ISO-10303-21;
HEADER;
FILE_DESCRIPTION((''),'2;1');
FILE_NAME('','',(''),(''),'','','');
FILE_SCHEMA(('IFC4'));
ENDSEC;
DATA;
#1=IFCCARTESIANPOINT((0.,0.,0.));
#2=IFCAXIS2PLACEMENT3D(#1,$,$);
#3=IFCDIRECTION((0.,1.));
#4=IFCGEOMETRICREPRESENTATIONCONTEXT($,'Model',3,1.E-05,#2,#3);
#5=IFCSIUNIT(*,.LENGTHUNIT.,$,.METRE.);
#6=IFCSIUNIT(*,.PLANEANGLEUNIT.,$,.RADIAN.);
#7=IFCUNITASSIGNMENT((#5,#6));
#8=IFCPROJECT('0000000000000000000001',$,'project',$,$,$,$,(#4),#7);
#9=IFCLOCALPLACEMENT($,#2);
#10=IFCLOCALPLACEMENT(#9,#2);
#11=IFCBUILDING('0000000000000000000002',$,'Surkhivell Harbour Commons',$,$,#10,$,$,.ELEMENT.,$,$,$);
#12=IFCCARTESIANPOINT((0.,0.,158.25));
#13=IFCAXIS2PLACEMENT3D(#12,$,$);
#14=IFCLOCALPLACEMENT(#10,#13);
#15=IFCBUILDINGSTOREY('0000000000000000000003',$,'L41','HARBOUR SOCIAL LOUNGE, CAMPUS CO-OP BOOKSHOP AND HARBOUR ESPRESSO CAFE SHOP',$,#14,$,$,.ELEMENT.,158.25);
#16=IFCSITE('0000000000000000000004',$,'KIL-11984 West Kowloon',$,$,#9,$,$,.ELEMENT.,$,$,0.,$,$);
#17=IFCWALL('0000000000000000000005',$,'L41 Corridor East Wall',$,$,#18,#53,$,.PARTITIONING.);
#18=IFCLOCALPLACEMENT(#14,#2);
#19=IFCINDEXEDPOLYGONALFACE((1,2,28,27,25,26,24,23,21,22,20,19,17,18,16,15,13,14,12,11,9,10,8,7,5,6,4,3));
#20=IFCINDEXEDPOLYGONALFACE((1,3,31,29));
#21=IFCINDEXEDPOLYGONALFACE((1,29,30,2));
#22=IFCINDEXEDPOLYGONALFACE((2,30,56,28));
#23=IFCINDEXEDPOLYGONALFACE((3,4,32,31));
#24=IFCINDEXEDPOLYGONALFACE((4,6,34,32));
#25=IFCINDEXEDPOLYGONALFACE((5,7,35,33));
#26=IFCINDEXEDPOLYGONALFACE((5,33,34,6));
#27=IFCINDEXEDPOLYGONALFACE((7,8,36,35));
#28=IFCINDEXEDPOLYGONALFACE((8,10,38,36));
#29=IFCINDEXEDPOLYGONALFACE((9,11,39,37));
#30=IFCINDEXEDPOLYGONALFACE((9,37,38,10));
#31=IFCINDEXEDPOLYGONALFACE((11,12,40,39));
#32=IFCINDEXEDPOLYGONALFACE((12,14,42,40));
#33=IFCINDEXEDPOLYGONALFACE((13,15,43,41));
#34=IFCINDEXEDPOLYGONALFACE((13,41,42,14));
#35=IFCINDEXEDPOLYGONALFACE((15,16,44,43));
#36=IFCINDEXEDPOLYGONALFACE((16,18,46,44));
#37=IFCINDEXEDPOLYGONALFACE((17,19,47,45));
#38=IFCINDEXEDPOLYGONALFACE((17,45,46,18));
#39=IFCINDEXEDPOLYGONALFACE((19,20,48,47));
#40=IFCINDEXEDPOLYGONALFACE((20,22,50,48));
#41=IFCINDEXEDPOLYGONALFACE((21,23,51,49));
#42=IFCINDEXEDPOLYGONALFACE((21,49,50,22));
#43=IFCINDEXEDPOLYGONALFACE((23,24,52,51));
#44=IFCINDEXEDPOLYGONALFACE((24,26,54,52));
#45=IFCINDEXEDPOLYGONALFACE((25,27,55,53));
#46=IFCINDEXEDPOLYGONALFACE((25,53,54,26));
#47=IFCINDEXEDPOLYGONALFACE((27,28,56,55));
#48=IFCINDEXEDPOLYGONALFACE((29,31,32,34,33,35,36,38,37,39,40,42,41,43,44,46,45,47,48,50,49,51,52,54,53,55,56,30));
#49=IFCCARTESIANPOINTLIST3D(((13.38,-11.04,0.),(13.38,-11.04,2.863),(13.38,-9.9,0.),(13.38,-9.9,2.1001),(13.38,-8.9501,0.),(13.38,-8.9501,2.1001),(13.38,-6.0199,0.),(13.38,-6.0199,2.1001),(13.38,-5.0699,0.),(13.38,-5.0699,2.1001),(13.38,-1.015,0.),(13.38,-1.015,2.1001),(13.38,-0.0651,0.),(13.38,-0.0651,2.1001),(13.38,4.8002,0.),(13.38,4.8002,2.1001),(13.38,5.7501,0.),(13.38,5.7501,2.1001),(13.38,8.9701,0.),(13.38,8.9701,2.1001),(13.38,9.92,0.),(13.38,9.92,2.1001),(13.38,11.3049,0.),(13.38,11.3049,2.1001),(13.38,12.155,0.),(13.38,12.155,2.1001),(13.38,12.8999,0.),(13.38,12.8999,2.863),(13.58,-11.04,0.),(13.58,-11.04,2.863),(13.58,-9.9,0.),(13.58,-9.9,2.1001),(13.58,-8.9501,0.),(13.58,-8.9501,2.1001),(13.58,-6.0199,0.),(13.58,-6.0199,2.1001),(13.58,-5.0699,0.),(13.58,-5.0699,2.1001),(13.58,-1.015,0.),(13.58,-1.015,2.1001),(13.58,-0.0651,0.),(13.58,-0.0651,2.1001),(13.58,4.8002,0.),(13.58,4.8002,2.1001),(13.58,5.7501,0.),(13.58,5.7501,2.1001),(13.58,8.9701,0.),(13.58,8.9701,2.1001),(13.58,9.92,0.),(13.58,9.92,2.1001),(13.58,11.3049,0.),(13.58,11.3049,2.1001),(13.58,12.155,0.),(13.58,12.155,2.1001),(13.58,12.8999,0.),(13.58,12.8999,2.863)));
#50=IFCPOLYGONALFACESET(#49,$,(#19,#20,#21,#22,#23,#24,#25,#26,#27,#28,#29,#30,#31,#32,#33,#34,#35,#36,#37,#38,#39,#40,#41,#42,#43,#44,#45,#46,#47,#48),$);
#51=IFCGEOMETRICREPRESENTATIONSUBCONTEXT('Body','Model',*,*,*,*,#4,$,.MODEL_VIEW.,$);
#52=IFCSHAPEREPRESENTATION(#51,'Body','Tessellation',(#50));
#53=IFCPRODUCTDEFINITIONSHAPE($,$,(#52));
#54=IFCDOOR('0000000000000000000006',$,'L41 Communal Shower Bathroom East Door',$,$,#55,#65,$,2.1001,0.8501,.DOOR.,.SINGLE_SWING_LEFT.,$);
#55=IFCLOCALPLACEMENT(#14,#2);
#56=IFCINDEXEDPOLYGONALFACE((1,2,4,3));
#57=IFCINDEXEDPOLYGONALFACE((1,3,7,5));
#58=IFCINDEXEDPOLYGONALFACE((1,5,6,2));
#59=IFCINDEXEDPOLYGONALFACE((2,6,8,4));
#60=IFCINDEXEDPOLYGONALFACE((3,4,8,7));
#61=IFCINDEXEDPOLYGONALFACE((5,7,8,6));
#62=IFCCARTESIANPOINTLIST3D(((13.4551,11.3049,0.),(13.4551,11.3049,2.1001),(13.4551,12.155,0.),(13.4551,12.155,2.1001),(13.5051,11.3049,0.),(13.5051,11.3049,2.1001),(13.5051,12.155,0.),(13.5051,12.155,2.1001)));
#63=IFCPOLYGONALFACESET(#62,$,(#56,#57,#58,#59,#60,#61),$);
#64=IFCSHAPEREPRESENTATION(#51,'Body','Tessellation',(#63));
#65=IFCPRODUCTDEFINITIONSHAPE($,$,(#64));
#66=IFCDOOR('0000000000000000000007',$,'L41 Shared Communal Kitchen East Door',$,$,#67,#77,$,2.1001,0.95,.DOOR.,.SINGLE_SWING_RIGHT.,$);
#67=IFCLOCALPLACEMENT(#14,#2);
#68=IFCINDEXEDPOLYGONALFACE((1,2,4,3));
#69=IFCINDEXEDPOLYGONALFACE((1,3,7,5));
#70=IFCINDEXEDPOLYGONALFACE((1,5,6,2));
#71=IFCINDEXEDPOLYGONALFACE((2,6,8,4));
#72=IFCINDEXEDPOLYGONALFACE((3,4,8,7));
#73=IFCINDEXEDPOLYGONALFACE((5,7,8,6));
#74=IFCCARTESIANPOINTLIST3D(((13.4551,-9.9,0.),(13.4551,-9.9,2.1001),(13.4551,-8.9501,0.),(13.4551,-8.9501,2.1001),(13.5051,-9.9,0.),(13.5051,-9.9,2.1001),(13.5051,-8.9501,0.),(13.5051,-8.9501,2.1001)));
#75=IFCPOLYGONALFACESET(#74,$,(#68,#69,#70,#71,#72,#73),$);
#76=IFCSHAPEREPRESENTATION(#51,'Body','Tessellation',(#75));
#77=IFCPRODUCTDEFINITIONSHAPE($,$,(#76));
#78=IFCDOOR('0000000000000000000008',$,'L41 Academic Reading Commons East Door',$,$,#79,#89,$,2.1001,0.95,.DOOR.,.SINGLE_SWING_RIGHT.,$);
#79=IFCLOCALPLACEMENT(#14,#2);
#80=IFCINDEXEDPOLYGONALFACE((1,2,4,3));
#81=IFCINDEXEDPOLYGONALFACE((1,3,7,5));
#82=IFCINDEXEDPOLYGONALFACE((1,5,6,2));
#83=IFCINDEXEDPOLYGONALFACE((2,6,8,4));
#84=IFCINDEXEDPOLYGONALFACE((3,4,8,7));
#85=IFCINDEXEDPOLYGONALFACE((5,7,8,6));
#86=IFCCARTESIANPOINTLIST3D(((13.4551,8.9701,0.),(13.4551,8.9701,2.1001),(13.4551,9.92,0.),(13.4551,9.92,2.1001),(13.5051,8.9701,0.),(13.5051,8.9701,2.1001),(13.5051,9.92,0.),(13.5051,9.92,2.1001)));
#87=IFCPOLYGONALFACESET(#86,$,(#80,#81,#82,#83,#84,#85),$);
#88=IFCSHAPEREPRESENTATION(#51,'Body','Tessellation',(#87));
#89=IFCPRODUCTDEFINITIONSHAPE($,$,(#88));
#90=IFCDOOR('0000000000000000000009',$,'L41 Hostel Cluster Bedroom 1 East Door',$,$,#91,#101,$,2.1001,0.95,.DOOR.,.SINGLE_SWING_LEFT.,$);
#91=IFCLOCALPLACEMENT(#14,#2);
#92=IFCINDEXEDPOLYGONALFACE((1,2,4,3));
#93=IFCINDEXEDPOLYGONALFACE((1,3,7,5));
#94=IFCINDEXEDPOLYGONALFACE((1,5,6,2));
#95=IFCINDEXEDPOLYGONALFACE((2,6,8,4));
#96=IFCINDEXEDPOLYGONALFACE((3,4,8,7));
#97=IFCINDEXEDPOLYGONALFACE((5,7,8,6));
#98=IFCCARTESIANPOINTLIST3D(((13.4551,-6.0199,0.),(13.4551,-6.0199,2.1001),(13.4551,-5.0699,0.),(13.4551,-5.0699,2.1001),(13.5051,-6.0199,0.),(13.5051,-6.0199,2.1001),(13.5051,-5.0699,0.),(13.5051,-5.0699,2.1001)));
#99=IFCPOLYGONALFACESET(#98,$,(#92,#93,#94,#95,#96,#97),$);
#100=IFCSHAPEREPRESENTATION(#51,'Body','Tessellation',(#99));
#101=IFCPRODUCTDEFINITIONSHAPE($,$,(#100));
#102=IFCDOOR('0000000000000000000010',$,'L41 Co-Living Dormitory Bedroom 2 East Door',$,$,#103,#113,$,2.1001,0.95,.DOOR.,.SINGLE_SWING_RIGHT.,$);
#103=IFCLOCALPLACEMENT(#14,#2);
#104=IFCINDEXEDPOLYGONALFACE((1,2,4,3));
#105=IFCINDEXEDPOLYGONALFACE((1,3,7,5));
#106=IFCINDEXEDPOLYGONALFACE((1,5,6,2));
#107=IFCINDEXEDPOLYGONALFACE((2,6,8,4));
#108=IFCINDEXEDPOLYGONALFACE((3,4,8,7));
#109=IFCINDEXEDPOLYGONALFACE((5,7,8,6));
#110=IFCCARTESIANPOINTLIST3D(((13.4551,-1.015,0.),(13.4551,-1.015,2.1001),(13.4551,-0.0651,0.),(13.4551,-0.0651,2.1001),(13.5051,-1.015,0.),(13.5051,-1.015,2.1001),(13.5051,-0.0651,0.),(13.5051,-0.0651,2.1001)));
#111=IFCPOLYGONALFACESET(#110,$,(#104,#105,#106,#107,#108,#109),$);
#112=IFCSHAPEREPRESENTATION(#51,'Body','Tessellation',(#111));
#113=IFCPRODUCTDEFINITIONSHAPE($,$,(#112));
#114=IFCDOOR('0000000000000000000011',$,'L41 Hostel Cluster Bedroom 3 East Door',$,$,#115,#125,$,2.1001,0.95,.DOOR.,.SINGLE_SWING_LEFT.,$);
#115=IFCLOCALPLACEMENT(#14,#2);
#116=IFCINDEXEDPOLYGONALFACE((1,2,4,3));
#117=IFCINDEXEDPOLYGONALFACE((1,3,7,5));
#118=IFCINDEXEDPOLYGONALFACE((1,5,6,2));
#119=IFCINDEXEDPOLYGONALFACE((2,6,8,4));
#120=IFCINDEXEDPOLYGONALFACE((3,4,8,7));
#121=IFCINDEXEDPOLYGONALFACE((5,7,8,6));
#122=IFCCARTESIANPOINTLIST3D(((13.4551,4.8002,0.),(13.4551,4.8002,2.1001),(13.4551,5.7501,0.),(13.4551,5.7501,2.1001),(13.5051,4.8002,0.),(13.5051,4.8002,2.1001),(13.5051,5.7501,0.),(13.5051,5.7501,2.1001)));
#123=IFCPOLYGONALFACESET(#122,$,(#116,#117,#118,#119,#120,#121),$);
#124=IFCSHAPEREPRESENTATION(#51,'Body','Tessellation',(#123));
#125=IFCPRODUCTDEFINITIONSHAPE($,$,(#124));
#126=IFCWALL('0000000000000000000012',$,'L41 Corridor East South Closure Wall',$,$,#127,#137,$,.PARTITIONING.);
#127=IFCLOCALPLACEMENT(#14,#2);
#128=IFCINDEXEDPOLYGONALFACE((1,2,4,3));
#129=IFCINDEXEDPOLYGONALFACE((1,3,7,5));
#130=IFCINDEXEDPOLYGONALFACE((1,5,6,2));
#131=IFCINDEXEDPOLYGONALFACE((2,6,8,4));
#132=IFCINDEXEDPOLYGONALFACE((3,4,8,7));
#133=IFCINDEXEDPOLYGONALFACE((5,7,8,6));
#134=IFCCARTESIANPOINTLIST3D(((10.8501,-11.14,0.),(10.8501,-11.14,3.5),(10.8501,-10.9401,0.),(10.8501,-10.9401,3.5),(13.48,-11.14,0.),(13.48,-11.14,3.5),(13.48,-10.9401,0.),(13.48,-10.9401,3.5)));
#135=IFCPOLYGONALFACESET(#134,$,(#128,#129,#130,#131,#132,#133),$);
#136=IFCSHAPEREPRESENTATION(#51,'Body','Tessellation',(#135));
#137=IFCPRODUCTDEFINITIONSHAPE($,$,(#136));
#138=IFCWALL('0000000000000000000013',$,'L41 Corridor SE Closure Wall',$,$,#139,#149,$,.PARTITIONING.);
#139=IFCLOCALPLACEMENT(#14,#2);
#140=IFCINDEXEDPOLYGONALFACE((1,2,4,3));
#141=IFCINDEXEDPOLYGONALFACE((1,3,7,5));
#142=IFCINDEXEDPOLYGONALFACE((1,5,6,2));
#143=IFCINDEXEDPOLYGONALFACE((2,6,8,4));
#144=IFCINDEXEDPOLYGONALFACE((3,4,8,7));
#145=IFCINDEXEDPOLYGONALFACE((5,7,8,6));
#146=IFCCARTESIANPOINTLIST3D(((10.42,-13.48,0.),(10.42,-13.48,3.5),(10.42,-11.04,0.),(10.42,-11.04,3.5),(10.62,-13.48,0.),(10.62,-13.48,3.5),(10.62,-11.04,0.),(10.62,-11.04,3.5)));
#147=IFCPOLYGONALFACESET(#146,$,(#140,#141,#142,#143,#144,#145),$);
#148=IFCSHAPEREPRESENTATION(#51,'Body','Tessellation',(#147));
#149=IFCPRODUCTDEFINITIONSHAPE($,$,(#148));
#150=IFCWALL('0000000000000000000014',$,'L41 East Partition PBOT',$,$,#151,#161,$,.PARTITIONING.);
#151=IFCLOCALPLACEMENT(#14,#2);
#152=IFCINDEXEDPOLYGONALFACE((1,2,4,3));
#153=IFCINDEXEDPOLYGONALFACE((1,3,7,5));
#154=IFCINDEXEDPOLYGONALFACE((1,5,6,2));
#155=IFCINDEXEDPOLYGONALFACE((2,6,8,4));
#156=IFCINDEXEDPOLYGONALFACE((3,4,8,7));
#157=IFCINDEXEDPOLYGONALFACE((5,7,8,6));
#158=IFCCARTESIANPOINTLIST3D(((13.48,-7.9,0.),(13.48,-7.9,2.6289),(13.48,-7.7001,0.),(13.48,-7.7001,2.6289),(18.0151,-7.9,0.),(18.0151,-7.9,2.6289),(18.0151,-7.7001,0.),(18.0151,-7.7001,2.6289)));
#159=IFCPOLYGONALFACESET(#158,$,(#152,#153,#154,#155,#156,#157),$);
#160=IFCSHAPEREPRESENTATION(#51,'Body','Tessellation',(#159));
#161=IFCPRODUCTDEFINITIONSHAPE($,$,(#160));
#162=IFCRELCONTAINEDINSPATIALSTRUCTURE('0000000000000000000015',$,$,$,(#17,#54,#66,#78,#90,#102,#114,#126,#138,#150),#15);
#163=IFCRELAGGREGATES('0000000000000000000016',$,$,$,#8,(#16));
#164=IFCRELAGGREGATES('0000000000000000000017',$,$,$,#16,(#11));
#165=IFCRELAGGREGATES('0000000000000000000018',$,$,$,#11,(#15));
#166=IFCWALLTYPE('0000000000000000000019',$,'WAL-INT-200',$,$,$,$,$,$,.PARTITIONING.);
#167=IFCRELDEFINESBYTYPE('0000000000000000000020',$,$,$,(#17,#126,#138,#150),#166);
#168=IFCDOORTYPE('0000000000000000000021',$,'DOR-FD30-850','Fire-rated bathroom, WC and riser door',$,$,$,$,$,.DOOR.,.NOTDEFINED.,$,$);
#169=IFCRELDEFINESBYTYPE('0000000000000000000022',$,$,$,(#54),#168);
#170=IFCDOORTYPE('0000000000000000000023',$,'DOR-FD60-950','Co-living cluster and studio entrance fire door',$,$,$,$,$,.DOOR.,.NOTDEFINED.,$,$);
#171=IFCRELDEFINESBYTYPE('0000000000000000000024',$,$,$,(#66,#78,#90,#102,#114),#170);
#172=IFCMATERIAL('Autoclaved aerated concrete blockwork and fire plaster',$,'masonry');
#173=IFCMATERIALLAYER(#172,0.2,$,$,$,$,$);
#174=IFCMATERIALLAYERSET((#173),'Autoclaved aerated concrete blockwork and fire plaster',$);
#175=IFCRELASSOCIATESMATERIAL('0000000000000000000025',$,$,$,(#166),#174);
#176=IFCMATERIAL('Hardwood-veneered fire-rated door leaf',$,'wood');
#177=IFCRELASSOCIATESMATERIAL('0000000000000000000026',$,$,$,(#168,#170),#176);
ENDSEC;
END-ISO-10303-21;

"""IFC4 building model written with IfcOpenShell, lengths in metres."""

from ifc_helpers import new_model, si_unit, direction, frame, frame_2d, origin, place, context, subcontext, project, spatial, rectangle, extrude, material, layer, layer_set, type_object, element, fill, save


model = new_model("IFC4")

# Units and contexts
model_context = context("Model", 3, precision=1e-05, world=origin(), true_north=direction((0.0, 1.0)))
body_context = subcontext(model_context, "Body", "Model", "MODEL_VIEW")
ifc_project = project(units=[si_unit("LENGTHUNIT", "METRE"), si_unit("PLANEANGLEUNIT", "RADIAN")], contexts=[model_context])

# Site, building, storey
site_placement = place(None, origin())
site = spatial("IfcSite", under=ifc_project, at=site_placement, Name="KIL-11984 West Kowloon", CompositionType="ELEMENT", RefElevation=0.0)
building_placement = place(site_placement, origin())
building = spatial("IfcBuilding", under=site, at=building_placement, Name="Surkhivell Harbour Commons", CompositionType="ELEMENT")
storey_placement = place(building_placement, frame((0.0, 0.0, 158.25)))
storey = spatial("IfcBuildingStorey", under=building, at=storey_placement, Name="L41", Description="HARBOUR SOCIAL LOUNGE, CAMPUS CO-OP BOOKSHOP AND HARBOUR ESPRESSO CAFE SHOP", CompositionType="ELEMENT", Elevation=158.25)

# Shared definitions
ifc_material_1 = material(Name="Autoclaved aerated concrete blockwork and fire plaster", Category="masonry")
ifc_layer_1 = layer(ifc_material_1, 0.2)
ifc_layer_set_1 = layer_set([ifc_layer_1], Name="Autoclaved aerated concrete blockwork and fire plaster")
wall_type_1 = type_object("IfcWallType", Name="WAL-INT-200", PredefinedType="PARTITIONING", material=ifc_layer_set_1)

# Wall, openings, doors
wall_1_placement = place(storey_placement, frame((13.48, -11.04, 0.0), z_axis=(0.0, 0.0, 1.0), x_axis=(0.0, 1.0, 0.0)))
wall_1 = element("IfcWall", 1, at=wall_1_placement, inside=storey, type_object=wall_type_1, Name="L41 Corridor East Wall", PredefinedType="PARTITIONING", context=body_context, shape_type="SweptSolid", body=[
    extrude(rectangle(XDim=23.9399, YDim=0.2, at=frame_2d((11.97, 0.0))), origin(), (0.0, 0.0, 1.0), 2.863),
])
opening_1_placement = place(wall_1_placement, frame((1.1399, 0.0, 0.0)))
opening_1 = element("IfcOpeningElement", 2, at=opening_1_placement, cuts=wall_1, PredefinedType="OPENING", context=body_context, shape_type="SweptSolid", body=[
    extrude(rectangle(XDim=0.95, YDim=2.1001, at=frame_2d((0.4751, 1.05))), frame((0.0, 0.1099, 0.0), z_axis=(0.0, -1.0, 0.0), x_axis=(1.0, 0.0, 0.0)), (0.0, 0.0, 1.0), 0.22),
])
opening_2_placement = place(wall_1_placement, frame((22.345, 0.0, 0.0)))
opening_2 = element("IfcOpeningElement", 3, at=opening_2_placement, cuts=wall_1, PredefinedType="OPENING", context=body_context, shape_type="SweptSolid", body=[
    extrude(rectangle(XDim=0.8501, YDim=2.1001, at=frame_2d((0.425, 1.05))), frame((0.0, 0.1099, 0.0), z_axis=(0.0, -1.0, 0.0), x_axis=(1.0, 0.0, 0.0)), (0.0, 0.0, 1.0), 0.22),
])
opening_3_placement = place(wall_1_placement, frame((20.01, 0.0, 0.0)))
opening_3 = element("IfcOpeningElement", 4, at=opening_3_placement, cuts=wall_1, PredefinedType="OPENING", context=body_context, shape_type="SweptSolid", body=[
    extrude(rectangle(XDim=0.95, YDim=2.1001, at=frame_2d((0.4751, 1.05))), frame((0.0, 0.1099, 0.0), z_axis=(0.0, -1.0, 0.0), x_axis=(1.0, 0.0, 0.0)), (0.0, 0.0, 1.0), 0.22),
])
opening_4_placement = place(wall_1_placement, frame((5.02, 0.0, 0.0)))
opening_4 = element("IfcOpeningElement", 5, at=opening_4_placement, cuts=wall_1, PredefinedType="OPENING", context=body_context, shape_type="SweptSolid", body=[
    extrude(rectangle(XDim=0.95, YDim=2.1001, at=frame_2d((0.4751, 1.05))), frame((0.0, 0.1099, 0.0), z_axis=(0.0, -1.0, 0.0), x_axis=(1.0, 0.0, 0.0)), (0.0, 0.0, 1.0), 0.22),
])
opening_5_placement = place(wall_1_placement, frame((10.0249, 0.0, 0.0)))
opening_5 = element("IfcOpeningElement", 6, at=opening_5_placement, cuts=wall_1, PredefinedType="OPENING", context=body_context, shape_type="SweptSolid", body=[
    extrude(rectangle(XDim=0.95, YDim=2.1001, at=frame_2d((0.4751, 1.05))), frame((0.0, 0.1099, 0.0), z_axis=(0.0, -1.0, 0.0), x_axis=(1.0, 0.0, 0.0)), (0.0, 0.0, 1.0), 0.22),
])
opening_6_placement = place(wall_1_placement, frame((15.8401, 0.0, 0.0)))
opening_6 = element("IfcOpeningElement", 7, at=opening_6_placement, cuts=wall_1, PredefinedType="OPENING", context=body_context, shape_type="SweptSolid", body=[
    extrude(rectangle(XDim=0.95, YDim=2.1001, at=frame_2d((0.4751, 1.05))), frame((0.0, 0.1099, 0.0), z_axis=(0.0, -1.0, 0.0), x_axis=(1.0, 0.0, 0.0)), (0.0, 0.0, 1.0), 0.22),
])
ifc_material_2 = material(Name="Hardwood-veneered fire-rated door leaf", Category="wood")
door_type_1 = type_object("IfcDoorType", Name="DOR-FD30-850", Description="Fire-rated bathroom, WC and riser door", OperationType="NOTDEFINED", PredefinedType="DOOR", material=ifc_material_2)
door_1_placement = place(opening_2_placement, origin())
door_1 = element("IfcDoor", 8, at=door_1_placement, inside=storey, type_object=door_type_1, Name="L41 Communal Shower Bathroom East Door", OperationType="SINGLE_SWING_LEFT", OverallHeight=2.1001, OverallWidth=0.8501, PredefinedType="DOOR", context=body_context, shape_type="SweptSolid", body=[
    extrude(rectangle(XDim=0.8501, YDim=2.1001, at=frame_2d((0.425, 1.05))), frame((0.0, 0.0249, 0.0), z_axis=(0.0, -1.0, 0.0), x_axis=(1.0, 0.0, 0.0)), (0.0, 0.0, 1.0), 0.05),
])
fill(opening_2, door_1)
door_type_2 = type_object("IfcDoorType", Name="DOR-FD60-950", Description="Co-living cluster and studio entrance fire door", OperationType="NOTDEFINED", PredefinedType="DOOR", material=ifc_material_2)
door_2_placement = place(opening_1_placement, origin())
door_2 = element("IfcDoor", 9, at=door_2_placement, inside=storey, type_object=door_type_2, Name="L41 Shared Communal Kitchen East Door", OperationType="SINGLE_SWING_RIGHT", OverallHeight=2.1001, OverallWidth=0.95, PredefinedType="DOOR", context=body_context, shape_type="SweptSolid", body=[
    extrude(rectangle(XDim=0.95, YDim=2.1001, at=frame_2d((0.4751, 1.05))), frame((0.0, 0.0249, 0.0), z_axis=(0.0, -1.0, 0.0), x_axis=(1.0, 0.0, 0.0)), (0.0, 0.0, 1.0), 0.05),
])
fill(opening_1, door_2)
door_3_placement = place(opening_3_placement, origin())
door_3 = element("IfcDoor", 10, at=door_3_placement, inside=storey, type_object=door_type_2, Name="L41 Academic Reading Commons East Door", OperationType="SINGLE_SWING_RIGHT", OverallHeight=2.1001, OverallWidth=0.95, PredefinedType="DOOR", context=body_context, shape_type="SweptSolid", body=[
    extrude(rectangle(XDim=0.95, YDim=2.1001, at=frame_2d((0.4751, 1.05))), frame((0.0, 0.0249, 0.0), z_axis=(0.0, -1.0, 0.0), x_axis=(1.0, 0.0, 0.0)), (0.0, 0.0, 1.0), 0.05),
])
fill(opening_3, door_3)
door_4_placement = place(opening_4_placement, origin())
door_4 = element("IfcDoor", 11, at=door_4_placement, inside=storey, type_object=door_type_2, Name="L41 Hostel Cluster Bedroom 1 East Door", OperationType="SINGLE_SWING_LEFT", OverallHeight=2.1001, OverallWidth=0.95, PredefinedType="DOOR", context=body_context, shape_type="SweptSolid", body=[
    extrude(rectangle(XDim=0.95, YDim=2.1001, at=frame_2d((0.4751, 1.05))), frame((0.0, 0.0249, 0.0), z_axis=(0.0, -1.0, 0.0), x_axis=(1.0, 0.0, 0.0)), (0.0, 0.0, 1.0), 0.05),
])
fill(opening_4, door_4)
door_5_placement = place(opening_5_placement, origin())
door_5 = element("IfcDoor", 12, at=door_5_placement, inside=storey, type_object=door_type_2, Name="L41 Co-Living Dormitory Bedroom 2 East Door", OperationType="SINGLE_SWING_RIGHT", OverallHeight=2.1001, OverallWidth=0.95, PredefinedType="DOOR", context=body_context, shape_type="SweptSolid", body=[
    extrude(rectangle(XDim=0.95, YDim=2.1001, at=frame_2d((0.4751, 1.05))), frame((0.0, 0.0249, 0.0), z_axis=(0.0, -1.0, 0.0), x_axis=(1.0, 0.0, 0.0)), (0.0, 0.0, 1.0), 0.05),
])
fill(opening_5, door_5)
door_6_placement = place(opening_6_placement, origin())
door_6 = element("IfcDoor", 13, at=door_6_placement, inside=storey, type_object=door_type_2, Name="L41 Hostel Cluster Bedroom 3 East Door", OperationType="SINGLE_SWING_LEFT", OverallHeight=2.1001, OverallWidth=0.95, PredefinedType="DOOR", context=body_context, shape_type="SweptSolid", body=[
    extrude(rectangle(XDim=0.95, YDim=2.1001, at=frame_2d((0.4751, 1.05))), frame((0.0, 0.0249, 0.0), z_axis=(0.0, -1.0, 0.0), x_axis=(1.0, 0.0, 0.0)), (0.0, 0.0, 1.0), 0.05),
])
fill(opening_6, door_6)

# Walls
wall_2_placement = place(storey_placement, frame((10.8501, -11.04, 0.0), z_axis=(0.0, 0.0, 1.0), x_axis=(1.0, 0.0, 0.0)))
element("IfcWall", 14, at=wall_2_placement, inside=storey, type_object=wall_type_1, Name="L41 Corridor East South Closure Wall", PredefinedType="PARTITIONING", context=body_context, shape_type="SweptSolid", body=[
    extrude(rectangle(XDim=2.6299, YDim=0.2, at=frame_2d((1.3149, 0.0))), origin(), (0.0, 0.0, 1.0), 3.5),
])
wall_3_placement = place(storey_placement, frame((10.52, -13.48, 0.0), z_axis=(0.0, 0.0, 1.0), x_axis=(0.0, 1.0, 0.0)))
element("IfcWall", 15, at=wall_3_placement, inside=storey, type_object=wall_type_1, Name="L41 Corridor SE Closure Wall", PredefinedType="PARTITIONING", context=body_context, shape_type="SweptSolid", body=[
    extrude(rectangle(XDim=2.4399, YDim=0.2, at=frame_2d((1.22, 0.0))), origin(), (0.0, 0.0, 1.0), 3.5),
])
wall_4_placement = place(storey_placement, frame((13.48, -7.8, 0.0), z_axis=(0.0, 0.0, 1.0), x_axis=(1.0, 0.0, 0.0)))
element("IfcWall", 16, at=wall_4_placement, inside=storey, type_object=wall_type_1, Name="L41 East Partition PBOT", PredefinedType="PARTITIONING", context=body_context, shape_type="SweptSolid", body=[
    extrude(rectangle(XDim=4.5352, YDim=0.2, at=frame_2d((2.2676, 0.0))), origin(), (0.0, 0.0, 1.0), 2.6289),
])

save(model, "model.ifc")
